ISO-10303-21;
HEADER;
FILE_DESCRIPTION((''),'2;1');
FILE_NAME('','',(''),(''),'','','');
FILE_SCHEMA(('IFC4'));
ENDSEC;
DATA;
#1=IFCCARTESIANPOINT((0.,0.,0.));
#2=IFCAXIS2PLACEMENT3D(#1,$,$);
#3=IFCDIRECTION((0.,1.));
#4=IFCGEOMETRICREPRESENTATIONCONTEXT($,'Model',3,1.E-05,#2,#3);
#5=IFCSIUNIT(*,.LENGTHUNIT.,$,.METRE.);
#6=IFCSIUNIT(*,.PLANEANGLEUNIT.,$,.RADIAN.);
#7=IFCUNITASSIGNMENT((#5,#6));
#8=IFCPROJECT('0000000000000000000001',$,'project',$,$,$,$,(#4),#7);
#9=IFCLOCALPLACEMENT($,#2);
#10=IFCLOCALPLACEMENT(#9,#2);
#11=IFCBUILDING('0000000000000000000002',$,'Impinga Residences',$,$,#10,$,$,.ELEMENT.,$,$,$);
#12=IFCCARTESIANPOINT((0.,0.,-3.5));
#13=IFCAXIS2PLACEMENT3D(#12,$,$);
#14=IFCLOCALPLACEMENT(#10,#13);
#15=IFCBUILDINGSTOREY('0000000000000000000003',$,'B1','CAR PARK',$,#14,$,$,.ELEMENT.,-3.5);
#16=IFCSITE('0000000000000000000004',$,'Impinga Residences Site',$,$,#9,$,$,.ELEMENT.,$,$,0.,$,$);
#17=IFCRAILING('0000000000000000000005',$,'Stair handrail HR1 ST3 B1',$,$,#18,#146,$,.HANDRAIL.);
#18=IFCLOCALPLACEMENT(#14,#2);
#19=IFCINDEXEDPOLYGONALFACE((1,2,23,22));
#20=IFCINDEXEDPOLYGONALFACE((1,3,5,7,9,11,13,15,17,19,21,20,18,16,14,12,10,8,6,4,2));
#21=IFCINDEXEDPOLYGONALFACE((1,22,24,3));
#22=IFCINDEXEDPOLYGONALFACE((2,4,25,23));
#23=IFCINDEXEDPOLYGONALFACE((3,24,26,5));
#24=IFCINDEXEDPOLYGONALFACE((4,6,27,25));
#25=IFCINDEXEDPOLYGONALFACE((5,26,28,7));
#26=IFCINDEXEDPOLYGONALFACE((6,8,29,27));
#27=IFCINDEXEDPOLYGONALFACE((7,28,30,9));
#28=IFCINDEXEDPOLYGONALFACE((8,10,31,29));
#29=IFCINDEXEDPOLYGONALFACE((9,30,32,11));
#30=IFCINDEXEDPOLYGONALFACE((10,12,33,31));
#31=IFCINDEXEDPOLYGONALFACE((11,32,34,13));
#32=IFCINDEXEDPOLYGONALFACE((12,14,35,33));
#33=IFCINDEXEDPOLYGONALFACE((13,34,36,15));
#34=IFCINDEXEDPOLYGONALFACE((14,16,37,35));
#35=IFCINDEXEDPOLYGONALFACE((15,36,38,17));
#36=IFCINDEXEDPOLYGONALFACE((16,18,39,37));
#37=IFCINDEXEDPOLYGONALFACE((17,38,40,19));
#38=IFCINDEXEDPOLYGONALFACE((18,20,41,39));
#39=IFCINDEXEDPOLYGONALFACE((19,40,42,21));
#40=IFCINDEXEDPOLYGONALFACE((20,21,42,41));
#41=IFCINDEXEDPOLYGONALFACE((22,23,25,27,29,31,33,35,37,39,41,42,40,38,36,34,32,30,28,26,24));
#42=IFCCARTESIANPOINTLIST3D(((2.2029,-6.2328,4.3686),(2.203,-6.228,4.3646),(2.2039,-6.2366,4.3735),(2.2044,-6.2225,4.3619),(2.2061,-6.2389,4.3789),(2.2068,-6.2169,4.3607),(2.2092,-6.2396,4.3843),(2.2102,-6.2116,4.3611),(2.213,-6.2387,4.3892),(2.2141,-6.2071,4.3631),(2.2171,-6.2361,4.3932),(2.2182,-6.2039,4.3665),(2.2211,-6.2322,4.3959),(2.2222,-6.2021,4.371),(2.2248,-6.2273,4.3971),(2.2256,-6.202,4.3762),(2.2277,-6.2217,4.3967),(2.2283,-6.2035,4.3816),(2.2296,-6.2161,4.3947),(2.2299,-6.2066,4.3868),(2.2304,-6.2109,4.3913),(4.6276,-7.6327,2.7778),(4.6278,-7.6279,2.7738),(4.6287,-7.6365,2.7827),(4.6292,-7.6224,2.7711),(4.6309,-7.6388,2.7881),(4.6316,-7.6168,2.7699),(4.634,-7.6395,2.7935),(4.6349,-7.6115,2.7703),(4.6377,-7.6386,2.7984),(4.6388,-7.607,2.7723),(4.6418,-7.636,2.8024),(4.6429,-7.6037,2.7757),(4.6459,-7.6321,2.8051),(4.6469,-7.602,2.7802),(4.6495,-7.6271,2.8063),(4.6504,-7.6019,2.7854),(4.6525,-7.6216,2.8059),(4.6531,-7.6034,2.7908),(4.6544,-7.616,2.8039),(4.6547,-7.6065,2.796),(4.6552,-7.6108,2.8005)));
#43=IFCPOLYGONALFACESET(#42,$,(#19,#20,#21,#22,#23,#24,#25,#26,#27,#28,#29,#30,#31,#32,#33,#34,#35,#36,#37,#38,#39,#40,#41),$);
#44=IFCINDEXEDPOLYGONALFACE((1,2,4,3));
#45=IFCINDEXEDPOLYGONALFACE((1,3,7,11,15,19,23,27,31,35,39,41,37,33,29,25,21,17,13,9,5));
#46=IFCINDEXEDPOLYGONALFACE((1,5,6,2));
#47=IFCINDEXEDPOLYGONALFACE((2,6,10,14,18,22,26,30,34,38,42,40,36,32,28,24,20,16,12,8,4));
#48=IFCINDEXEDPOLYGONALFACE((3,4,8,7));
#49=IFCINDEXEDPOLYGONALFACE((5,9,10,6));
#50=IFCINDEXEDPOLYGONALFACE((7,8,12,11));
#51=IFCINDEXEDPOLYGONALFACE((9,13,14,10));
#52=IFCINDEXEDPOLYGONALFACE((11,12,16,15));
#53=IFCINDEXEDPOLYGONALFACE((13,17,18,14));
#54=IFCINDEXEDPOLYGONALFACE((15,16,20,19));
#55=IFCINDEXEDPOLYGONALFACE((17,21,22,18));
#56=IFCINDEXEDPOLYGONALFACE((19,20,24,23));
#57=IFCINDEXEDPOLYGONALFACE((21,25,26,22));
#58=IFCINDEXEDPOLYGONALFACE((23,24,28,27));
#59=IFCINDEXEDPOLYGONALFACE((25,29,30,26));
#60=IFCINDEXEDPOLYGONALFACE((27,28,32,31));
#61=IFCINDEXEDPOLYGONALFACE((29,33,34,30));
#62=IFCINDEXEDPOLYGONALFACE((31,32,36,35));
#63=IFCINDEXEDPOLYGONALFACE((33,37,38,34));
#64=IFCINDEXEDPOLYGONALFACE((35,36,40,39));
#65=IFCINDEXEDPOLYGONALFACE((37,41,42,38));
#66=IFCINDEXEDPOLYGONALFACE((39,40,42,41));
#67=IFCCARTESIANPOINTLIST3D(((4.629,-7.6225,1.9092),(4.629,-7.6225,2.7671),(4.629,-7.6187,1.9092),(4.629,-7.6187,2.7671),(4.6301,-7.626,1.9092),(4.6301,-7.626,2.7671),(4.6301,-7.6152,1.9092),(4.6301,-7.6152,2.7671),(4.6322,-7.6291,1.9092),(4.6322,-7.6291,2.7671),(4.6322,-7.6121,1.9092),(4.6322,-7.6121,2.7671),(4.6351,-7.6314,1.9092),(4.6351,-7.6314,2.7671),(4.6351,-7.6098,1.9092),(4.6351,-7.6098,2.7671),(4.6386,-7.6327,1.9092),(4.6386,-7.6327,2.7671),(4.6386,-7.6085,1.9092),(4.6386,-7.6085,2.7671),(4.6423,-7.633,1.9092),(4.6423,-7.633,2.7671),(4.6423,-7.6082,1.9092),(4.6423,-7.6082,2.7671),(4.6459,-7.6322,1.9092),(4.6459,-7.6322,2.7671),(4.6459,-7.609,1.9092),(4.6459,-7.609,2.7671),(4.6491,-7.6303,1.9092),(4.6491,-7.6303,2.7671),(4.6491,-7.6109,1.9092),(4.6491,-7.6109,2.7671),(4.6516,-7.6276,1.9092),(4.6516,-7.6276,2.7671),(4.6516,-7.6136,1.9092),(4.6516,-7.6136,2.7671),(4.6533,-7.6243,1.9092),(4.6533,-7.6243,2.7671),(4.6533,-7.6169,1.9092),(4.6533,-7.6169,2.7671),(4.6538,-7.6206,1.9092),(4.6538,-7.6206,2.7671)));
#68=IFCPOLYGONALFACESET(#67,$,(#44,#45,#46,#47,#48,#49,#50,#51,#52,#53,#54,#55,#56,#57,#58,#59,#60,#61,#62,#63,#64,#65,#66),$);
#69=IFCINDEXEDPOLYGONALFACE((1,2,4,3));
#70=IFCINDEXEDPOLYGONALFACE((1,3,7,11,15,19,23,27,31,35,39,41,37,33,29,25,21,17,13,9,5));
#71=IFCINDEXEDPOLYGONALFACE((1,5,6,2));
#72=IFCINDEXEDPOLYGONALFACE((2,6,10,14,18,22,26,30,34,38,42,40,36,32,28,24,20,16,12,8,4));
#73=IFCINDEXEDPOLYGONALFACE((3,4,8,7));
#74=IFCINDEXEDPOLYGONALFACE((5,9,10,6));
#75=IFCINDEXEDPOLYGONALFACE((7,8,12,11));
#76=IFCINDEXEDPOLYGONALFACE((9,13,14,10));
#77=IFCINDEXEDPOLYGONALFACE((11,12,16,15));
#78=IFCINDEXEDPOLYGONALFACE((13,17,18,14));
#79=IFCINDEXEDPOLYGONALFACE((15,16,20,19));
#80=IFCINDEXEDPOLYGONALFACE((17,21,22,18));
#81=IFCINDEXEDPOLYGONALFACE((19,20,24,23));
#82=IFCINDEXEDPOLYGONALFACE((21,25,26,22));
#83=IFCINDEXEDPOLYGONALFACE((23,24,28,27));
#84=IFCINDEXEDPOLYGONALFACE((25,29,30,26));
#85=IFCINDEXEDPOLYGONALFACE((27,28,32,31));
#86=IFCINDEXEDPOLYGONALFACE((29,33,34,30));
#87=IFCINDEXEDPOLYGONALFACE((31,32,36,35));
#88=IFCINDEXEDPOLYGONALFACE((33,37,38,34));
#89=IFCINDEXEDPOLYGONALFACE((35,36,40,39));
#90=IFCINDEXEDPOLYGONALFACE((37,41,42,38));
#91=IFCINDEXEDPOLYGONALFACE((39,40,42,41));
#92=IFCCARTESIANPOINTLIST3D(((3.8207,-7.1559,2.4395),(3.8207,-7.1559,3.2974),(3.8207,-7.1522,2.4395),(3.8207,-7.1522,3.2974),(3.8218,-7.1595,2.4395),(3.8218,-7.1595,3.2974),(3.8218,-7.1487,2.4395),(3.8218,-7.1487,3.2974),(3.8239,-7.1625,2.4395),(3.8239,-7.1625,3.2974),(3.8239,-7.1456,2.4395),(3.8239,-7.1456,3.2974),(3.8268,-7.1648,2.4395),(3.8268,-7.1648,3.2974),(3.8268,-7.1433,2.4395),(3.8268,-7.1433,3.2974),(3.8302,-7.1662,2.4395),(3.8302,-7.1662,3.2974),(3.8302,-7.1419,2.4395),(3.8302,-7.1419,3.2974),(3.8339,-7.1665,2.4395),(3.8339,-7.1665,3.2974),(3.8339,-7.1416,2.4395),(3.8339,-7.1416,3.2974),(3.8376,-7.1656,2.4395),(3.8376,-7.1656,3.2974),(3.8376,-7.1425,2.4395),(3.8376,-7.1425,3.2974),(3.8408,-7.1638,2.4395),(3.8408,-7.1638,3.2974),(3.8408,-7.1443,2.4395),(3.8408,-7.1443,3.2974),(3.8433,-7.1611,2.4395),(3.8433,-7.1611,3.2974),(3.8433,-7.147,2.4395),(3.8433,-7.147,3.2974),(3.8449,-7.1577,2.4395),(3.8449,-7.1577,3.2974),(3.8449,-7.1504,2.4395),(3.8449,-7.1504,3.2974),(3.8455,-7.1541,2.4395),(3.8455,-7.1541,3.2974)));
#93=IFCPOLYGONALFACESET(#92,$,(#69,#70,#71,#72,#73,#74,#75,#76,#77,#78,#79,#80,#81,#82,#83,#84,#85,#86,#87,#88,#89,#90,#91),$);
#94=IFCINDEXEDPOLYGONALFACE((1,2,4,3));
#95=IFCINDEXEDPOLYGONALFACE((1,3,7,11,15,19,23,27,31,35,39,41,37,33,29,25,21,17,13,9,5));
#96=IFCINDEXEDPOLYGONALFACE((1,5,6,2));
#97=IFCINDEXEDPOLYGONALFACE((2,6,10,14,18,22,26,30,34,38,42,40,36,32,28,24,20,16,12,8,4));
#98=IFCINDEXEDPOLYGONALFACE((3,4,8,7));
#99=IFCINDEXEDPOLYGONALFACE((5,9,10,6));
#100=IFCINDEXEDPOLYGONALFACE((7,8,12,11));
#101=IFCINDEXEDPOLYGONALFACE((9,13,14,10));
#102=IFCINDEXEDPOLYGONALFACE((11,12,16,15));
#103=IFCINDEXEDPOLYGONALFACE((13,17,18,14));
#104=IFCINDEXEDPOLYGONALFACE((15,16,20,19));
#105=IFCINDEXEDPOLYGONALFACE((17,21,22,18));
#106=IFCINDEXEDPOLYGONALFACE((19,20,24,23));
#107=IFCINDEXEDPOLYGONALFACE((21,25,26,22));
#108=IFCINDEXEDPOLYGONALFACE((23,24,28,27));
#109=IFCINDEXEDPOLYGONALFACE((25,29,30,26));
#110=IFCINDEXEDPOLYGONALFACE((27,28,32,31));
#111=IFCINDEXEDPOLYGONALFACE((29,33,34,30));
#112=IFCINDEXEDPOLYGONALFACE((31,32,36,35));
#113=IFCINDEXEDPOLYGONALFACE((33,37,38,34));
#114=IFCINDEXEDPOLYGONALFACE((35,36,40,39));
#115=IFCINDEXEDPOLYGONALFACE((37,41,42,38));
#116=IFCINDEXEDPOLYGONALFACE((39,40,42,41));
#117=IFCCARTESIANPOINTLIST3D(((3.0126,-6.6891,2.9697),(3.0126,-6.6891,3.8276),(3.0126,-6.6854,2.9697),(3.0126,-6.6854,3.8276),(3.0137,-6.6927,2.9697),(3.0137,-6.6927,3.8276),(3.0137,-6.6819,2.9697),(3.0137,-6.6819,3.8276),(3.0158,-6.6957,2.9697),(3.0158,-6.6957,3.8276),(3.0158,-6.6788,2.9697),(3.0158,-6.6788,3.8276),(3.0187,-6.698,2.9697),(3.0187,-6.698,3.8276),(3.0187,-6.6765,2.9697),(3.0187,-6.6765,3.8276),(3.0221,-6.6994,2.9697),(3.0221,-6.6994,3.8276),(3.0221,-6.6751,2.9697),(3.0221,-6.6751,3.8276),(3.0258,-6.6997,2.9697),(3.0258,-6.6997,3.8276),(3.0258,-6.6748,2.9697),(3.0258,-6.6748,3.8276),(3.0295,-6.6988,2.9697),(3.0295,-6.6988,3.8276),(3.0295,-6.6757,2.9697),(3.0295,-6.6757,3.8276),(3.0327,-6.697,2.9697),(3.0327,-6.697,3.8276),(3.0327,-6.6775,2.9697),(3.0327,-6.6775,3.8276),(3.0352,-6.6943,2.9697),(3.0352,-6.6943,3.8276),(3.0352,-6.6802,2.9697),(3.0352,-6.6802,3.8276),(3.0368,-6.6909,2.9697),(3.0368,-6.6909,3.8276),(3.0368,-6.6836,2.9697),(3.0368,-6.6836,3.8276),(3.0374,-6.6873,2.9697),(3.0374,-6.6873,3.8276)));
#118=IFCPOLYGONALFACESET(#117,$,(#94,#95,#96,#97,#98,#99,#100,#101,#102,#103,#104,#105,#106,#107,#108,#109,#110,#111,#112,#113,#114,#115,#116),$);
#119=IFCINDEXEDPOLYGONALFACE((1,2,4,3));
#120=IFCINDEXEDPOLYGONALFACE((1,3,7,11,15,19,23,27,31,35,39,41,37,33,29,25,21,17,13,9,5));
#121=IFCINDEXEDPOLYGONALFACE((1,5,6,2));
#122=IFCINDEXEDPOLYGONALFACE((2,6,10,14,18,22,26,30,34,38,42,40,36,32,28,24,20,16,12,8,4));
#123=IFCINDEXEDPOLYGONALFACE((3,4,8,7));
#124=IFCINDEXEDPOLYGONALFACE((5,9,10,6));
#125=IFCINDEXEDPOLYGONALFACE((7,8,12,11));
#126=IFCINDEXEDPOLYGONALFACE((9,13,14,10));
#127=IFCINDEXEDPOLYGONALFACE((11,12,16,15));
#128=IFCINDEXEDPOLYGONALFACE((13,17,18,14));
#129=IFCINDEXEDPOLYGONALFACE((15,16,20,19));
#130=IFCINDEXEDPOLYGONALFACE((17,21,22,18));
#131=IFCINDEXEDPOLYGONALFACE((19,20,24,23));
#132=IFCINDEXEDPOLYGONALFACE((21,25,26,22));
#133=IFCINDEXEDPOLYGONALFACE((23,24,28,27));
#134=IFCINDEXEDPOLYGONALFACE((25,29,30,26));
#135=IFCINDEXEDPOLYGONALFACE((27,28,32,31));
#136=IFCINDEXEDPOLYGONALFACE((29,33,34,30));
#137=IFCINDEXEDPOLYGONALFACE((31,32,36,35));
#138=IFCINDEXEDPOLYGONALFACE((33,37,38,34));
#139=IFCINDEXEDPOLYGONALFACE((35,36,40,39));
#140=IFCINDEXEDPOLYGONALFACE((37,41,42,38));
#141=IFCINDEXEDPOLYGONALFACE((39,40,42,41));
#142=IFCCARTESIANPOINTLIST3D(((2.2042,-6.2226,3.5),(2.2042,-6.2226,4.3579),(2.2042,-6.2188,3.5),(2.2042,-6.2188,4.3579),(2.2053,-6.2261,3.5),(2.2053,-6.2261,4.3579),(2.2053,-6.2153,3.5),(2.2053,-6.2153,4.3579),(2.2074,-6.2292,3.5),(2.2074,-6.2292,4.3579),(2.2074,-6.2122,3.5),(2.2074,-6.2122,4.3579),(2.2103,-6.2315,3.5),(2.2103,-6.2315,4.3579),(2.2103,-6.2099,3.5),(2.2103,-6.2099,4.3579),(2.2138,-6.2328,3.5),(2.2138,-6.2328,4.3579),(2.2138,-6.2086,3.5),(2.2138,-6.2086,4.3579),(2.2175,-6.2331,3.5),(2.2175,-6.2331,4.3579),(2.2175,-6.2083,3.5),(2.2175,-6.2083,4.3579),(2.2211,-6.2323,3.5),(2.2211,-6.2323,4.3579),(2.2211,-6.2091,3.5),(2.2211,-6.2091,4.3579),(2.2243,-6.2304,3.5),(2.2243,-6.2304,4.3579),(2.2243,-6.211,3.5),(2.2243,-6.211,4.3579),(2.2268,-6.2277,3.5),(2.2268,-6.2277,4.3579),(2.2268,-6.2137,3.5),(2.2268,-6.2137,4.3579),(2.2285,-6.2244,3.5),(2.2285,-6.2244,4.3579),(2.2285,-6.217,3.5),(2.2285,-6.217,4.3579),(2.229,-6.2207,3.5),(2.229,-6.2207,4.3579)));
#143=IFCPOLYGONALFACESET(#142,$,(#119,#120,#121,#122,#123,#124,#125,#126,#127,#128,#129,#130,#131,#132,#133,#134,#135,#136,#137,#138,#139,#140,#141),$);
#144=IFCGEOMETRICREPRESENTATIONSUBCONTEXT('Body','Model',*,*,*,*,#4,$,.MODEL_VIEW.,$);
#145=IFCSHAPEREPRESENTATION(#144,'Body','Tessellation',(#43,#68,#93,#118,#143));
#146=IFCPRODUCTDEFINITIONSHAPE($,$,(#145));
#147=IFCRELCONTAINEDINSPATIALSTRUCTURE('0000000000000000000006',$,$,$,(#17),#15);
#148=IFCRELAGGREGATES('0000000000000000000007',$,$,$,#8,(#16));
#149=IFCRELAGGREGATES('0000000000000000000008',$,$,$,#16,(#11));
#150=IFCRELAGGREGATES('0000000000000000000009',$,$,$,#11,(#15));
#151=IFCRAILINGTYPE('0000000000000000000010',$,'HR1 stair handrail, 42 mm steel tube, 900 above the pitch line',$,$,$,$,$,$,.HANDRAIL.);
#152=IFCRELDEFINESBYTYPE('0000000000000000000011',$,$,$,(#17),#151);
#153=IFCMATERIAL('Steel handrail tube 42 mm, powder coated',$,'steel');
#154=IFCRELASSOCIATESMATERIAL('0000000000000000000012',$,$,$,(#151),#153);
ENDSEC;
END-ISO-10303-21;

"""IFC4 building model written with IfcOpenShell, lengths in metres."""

from ifc_helpers import new_model, si_unit, direction, frame, origin, origin_2d, place, context, subcontext, project, spatial, circle, extrude, material, type_object, element, save


model = new_model("IFC4")

# Units and contexts
model_context = context("Model", 3, precision=1e-05, world=origin(), true_north=direction((0.0, 1.0)))
body_context = subcontext(model_context, "Body", "Model", "MODEL_VIEW")
ifc_project = project(units=[si_unit("LENGTHUNIT", "METRE"), si_unit("PLANEANGLEUNIT", "RADIAN")], contexts=[model_context])

# Site, building, storey
site_placement = place(None, origin())
site = spatial("IfcSite", under=ifc_project, at=site_placement, Name="Impinga Residences Site", CompositionType="ELEMENT", RefElevation=0.0)
building_placement = place(site_placement, origin())
building = spatial("IfcBuilding", under=site, at=building_placement, Name="Impinga Residences", CompositionType="ELEMENT")
storey_placement = place(building_placement, frame((0.0, 0.0, -3.5)))
storey = spatial("IfcBuildingStorey", under=building, at=storey_placement, Name="B1", Description="CAR PARK", CompositionType="ELEMENT", Elevation=-3.5)

# Railing
ifc_material_1 = material(Name="Steel handrail tube 42 mm, powder coated", Category="steel")
railing_type_1 = type_object("IfcRailingType", Name="HR1 stair handrail, 42 mm steel tube, 900 above the pitch line", PredefinedType="HANDRAIL", material=ifc_material_1)
railing_1_placement = place(storey_placement, frame((4.6414, -7.6206, 1.9092)))
element("IfcRailing", 1, at=railing_1_placement, inside=storey, type_object=railing_type_1, Name="Stair handrail HR1 ST3 B1", PredefinedType="HANDRAIL", context=body_context, shape_type="SweptSolid", body=[
    extrude(circle(Radius=0.021, at=origin_2d()), frame((0.0, 0.0, 0.8789), z_axis=(-0.752983, 0.434716, 0.494003), x_axis=(-0.499984, -0.866035, 0.0)), (0.0, 0.0, 1.0), 3.2202),
    extrude(circle(Radius=0.0125, at=origin_2d()), origin(), (0.0, 0.0, 1.0), 0.8579),
    extrude(circle(Radius=0.0125, at=origin_2d()), frame((-0.8083, 0.4666, 0.5303)), (0.0, 0.0, 1.0), 0.8579),
    extrude(circle(Radius=0.0125, at=origin_2d()), frame((-1.6165, 0.9333, 1.0605)), (0.0, 0.0, 1.0), 0.8579),
    extrude(circle(Radius=0.0125, at=origin_2d()), frame((-2.4248, 1.3999, 1.5908)), (0.0, 0.0, 1.0), 0.8579),
])

save(model, "model.ifc")
